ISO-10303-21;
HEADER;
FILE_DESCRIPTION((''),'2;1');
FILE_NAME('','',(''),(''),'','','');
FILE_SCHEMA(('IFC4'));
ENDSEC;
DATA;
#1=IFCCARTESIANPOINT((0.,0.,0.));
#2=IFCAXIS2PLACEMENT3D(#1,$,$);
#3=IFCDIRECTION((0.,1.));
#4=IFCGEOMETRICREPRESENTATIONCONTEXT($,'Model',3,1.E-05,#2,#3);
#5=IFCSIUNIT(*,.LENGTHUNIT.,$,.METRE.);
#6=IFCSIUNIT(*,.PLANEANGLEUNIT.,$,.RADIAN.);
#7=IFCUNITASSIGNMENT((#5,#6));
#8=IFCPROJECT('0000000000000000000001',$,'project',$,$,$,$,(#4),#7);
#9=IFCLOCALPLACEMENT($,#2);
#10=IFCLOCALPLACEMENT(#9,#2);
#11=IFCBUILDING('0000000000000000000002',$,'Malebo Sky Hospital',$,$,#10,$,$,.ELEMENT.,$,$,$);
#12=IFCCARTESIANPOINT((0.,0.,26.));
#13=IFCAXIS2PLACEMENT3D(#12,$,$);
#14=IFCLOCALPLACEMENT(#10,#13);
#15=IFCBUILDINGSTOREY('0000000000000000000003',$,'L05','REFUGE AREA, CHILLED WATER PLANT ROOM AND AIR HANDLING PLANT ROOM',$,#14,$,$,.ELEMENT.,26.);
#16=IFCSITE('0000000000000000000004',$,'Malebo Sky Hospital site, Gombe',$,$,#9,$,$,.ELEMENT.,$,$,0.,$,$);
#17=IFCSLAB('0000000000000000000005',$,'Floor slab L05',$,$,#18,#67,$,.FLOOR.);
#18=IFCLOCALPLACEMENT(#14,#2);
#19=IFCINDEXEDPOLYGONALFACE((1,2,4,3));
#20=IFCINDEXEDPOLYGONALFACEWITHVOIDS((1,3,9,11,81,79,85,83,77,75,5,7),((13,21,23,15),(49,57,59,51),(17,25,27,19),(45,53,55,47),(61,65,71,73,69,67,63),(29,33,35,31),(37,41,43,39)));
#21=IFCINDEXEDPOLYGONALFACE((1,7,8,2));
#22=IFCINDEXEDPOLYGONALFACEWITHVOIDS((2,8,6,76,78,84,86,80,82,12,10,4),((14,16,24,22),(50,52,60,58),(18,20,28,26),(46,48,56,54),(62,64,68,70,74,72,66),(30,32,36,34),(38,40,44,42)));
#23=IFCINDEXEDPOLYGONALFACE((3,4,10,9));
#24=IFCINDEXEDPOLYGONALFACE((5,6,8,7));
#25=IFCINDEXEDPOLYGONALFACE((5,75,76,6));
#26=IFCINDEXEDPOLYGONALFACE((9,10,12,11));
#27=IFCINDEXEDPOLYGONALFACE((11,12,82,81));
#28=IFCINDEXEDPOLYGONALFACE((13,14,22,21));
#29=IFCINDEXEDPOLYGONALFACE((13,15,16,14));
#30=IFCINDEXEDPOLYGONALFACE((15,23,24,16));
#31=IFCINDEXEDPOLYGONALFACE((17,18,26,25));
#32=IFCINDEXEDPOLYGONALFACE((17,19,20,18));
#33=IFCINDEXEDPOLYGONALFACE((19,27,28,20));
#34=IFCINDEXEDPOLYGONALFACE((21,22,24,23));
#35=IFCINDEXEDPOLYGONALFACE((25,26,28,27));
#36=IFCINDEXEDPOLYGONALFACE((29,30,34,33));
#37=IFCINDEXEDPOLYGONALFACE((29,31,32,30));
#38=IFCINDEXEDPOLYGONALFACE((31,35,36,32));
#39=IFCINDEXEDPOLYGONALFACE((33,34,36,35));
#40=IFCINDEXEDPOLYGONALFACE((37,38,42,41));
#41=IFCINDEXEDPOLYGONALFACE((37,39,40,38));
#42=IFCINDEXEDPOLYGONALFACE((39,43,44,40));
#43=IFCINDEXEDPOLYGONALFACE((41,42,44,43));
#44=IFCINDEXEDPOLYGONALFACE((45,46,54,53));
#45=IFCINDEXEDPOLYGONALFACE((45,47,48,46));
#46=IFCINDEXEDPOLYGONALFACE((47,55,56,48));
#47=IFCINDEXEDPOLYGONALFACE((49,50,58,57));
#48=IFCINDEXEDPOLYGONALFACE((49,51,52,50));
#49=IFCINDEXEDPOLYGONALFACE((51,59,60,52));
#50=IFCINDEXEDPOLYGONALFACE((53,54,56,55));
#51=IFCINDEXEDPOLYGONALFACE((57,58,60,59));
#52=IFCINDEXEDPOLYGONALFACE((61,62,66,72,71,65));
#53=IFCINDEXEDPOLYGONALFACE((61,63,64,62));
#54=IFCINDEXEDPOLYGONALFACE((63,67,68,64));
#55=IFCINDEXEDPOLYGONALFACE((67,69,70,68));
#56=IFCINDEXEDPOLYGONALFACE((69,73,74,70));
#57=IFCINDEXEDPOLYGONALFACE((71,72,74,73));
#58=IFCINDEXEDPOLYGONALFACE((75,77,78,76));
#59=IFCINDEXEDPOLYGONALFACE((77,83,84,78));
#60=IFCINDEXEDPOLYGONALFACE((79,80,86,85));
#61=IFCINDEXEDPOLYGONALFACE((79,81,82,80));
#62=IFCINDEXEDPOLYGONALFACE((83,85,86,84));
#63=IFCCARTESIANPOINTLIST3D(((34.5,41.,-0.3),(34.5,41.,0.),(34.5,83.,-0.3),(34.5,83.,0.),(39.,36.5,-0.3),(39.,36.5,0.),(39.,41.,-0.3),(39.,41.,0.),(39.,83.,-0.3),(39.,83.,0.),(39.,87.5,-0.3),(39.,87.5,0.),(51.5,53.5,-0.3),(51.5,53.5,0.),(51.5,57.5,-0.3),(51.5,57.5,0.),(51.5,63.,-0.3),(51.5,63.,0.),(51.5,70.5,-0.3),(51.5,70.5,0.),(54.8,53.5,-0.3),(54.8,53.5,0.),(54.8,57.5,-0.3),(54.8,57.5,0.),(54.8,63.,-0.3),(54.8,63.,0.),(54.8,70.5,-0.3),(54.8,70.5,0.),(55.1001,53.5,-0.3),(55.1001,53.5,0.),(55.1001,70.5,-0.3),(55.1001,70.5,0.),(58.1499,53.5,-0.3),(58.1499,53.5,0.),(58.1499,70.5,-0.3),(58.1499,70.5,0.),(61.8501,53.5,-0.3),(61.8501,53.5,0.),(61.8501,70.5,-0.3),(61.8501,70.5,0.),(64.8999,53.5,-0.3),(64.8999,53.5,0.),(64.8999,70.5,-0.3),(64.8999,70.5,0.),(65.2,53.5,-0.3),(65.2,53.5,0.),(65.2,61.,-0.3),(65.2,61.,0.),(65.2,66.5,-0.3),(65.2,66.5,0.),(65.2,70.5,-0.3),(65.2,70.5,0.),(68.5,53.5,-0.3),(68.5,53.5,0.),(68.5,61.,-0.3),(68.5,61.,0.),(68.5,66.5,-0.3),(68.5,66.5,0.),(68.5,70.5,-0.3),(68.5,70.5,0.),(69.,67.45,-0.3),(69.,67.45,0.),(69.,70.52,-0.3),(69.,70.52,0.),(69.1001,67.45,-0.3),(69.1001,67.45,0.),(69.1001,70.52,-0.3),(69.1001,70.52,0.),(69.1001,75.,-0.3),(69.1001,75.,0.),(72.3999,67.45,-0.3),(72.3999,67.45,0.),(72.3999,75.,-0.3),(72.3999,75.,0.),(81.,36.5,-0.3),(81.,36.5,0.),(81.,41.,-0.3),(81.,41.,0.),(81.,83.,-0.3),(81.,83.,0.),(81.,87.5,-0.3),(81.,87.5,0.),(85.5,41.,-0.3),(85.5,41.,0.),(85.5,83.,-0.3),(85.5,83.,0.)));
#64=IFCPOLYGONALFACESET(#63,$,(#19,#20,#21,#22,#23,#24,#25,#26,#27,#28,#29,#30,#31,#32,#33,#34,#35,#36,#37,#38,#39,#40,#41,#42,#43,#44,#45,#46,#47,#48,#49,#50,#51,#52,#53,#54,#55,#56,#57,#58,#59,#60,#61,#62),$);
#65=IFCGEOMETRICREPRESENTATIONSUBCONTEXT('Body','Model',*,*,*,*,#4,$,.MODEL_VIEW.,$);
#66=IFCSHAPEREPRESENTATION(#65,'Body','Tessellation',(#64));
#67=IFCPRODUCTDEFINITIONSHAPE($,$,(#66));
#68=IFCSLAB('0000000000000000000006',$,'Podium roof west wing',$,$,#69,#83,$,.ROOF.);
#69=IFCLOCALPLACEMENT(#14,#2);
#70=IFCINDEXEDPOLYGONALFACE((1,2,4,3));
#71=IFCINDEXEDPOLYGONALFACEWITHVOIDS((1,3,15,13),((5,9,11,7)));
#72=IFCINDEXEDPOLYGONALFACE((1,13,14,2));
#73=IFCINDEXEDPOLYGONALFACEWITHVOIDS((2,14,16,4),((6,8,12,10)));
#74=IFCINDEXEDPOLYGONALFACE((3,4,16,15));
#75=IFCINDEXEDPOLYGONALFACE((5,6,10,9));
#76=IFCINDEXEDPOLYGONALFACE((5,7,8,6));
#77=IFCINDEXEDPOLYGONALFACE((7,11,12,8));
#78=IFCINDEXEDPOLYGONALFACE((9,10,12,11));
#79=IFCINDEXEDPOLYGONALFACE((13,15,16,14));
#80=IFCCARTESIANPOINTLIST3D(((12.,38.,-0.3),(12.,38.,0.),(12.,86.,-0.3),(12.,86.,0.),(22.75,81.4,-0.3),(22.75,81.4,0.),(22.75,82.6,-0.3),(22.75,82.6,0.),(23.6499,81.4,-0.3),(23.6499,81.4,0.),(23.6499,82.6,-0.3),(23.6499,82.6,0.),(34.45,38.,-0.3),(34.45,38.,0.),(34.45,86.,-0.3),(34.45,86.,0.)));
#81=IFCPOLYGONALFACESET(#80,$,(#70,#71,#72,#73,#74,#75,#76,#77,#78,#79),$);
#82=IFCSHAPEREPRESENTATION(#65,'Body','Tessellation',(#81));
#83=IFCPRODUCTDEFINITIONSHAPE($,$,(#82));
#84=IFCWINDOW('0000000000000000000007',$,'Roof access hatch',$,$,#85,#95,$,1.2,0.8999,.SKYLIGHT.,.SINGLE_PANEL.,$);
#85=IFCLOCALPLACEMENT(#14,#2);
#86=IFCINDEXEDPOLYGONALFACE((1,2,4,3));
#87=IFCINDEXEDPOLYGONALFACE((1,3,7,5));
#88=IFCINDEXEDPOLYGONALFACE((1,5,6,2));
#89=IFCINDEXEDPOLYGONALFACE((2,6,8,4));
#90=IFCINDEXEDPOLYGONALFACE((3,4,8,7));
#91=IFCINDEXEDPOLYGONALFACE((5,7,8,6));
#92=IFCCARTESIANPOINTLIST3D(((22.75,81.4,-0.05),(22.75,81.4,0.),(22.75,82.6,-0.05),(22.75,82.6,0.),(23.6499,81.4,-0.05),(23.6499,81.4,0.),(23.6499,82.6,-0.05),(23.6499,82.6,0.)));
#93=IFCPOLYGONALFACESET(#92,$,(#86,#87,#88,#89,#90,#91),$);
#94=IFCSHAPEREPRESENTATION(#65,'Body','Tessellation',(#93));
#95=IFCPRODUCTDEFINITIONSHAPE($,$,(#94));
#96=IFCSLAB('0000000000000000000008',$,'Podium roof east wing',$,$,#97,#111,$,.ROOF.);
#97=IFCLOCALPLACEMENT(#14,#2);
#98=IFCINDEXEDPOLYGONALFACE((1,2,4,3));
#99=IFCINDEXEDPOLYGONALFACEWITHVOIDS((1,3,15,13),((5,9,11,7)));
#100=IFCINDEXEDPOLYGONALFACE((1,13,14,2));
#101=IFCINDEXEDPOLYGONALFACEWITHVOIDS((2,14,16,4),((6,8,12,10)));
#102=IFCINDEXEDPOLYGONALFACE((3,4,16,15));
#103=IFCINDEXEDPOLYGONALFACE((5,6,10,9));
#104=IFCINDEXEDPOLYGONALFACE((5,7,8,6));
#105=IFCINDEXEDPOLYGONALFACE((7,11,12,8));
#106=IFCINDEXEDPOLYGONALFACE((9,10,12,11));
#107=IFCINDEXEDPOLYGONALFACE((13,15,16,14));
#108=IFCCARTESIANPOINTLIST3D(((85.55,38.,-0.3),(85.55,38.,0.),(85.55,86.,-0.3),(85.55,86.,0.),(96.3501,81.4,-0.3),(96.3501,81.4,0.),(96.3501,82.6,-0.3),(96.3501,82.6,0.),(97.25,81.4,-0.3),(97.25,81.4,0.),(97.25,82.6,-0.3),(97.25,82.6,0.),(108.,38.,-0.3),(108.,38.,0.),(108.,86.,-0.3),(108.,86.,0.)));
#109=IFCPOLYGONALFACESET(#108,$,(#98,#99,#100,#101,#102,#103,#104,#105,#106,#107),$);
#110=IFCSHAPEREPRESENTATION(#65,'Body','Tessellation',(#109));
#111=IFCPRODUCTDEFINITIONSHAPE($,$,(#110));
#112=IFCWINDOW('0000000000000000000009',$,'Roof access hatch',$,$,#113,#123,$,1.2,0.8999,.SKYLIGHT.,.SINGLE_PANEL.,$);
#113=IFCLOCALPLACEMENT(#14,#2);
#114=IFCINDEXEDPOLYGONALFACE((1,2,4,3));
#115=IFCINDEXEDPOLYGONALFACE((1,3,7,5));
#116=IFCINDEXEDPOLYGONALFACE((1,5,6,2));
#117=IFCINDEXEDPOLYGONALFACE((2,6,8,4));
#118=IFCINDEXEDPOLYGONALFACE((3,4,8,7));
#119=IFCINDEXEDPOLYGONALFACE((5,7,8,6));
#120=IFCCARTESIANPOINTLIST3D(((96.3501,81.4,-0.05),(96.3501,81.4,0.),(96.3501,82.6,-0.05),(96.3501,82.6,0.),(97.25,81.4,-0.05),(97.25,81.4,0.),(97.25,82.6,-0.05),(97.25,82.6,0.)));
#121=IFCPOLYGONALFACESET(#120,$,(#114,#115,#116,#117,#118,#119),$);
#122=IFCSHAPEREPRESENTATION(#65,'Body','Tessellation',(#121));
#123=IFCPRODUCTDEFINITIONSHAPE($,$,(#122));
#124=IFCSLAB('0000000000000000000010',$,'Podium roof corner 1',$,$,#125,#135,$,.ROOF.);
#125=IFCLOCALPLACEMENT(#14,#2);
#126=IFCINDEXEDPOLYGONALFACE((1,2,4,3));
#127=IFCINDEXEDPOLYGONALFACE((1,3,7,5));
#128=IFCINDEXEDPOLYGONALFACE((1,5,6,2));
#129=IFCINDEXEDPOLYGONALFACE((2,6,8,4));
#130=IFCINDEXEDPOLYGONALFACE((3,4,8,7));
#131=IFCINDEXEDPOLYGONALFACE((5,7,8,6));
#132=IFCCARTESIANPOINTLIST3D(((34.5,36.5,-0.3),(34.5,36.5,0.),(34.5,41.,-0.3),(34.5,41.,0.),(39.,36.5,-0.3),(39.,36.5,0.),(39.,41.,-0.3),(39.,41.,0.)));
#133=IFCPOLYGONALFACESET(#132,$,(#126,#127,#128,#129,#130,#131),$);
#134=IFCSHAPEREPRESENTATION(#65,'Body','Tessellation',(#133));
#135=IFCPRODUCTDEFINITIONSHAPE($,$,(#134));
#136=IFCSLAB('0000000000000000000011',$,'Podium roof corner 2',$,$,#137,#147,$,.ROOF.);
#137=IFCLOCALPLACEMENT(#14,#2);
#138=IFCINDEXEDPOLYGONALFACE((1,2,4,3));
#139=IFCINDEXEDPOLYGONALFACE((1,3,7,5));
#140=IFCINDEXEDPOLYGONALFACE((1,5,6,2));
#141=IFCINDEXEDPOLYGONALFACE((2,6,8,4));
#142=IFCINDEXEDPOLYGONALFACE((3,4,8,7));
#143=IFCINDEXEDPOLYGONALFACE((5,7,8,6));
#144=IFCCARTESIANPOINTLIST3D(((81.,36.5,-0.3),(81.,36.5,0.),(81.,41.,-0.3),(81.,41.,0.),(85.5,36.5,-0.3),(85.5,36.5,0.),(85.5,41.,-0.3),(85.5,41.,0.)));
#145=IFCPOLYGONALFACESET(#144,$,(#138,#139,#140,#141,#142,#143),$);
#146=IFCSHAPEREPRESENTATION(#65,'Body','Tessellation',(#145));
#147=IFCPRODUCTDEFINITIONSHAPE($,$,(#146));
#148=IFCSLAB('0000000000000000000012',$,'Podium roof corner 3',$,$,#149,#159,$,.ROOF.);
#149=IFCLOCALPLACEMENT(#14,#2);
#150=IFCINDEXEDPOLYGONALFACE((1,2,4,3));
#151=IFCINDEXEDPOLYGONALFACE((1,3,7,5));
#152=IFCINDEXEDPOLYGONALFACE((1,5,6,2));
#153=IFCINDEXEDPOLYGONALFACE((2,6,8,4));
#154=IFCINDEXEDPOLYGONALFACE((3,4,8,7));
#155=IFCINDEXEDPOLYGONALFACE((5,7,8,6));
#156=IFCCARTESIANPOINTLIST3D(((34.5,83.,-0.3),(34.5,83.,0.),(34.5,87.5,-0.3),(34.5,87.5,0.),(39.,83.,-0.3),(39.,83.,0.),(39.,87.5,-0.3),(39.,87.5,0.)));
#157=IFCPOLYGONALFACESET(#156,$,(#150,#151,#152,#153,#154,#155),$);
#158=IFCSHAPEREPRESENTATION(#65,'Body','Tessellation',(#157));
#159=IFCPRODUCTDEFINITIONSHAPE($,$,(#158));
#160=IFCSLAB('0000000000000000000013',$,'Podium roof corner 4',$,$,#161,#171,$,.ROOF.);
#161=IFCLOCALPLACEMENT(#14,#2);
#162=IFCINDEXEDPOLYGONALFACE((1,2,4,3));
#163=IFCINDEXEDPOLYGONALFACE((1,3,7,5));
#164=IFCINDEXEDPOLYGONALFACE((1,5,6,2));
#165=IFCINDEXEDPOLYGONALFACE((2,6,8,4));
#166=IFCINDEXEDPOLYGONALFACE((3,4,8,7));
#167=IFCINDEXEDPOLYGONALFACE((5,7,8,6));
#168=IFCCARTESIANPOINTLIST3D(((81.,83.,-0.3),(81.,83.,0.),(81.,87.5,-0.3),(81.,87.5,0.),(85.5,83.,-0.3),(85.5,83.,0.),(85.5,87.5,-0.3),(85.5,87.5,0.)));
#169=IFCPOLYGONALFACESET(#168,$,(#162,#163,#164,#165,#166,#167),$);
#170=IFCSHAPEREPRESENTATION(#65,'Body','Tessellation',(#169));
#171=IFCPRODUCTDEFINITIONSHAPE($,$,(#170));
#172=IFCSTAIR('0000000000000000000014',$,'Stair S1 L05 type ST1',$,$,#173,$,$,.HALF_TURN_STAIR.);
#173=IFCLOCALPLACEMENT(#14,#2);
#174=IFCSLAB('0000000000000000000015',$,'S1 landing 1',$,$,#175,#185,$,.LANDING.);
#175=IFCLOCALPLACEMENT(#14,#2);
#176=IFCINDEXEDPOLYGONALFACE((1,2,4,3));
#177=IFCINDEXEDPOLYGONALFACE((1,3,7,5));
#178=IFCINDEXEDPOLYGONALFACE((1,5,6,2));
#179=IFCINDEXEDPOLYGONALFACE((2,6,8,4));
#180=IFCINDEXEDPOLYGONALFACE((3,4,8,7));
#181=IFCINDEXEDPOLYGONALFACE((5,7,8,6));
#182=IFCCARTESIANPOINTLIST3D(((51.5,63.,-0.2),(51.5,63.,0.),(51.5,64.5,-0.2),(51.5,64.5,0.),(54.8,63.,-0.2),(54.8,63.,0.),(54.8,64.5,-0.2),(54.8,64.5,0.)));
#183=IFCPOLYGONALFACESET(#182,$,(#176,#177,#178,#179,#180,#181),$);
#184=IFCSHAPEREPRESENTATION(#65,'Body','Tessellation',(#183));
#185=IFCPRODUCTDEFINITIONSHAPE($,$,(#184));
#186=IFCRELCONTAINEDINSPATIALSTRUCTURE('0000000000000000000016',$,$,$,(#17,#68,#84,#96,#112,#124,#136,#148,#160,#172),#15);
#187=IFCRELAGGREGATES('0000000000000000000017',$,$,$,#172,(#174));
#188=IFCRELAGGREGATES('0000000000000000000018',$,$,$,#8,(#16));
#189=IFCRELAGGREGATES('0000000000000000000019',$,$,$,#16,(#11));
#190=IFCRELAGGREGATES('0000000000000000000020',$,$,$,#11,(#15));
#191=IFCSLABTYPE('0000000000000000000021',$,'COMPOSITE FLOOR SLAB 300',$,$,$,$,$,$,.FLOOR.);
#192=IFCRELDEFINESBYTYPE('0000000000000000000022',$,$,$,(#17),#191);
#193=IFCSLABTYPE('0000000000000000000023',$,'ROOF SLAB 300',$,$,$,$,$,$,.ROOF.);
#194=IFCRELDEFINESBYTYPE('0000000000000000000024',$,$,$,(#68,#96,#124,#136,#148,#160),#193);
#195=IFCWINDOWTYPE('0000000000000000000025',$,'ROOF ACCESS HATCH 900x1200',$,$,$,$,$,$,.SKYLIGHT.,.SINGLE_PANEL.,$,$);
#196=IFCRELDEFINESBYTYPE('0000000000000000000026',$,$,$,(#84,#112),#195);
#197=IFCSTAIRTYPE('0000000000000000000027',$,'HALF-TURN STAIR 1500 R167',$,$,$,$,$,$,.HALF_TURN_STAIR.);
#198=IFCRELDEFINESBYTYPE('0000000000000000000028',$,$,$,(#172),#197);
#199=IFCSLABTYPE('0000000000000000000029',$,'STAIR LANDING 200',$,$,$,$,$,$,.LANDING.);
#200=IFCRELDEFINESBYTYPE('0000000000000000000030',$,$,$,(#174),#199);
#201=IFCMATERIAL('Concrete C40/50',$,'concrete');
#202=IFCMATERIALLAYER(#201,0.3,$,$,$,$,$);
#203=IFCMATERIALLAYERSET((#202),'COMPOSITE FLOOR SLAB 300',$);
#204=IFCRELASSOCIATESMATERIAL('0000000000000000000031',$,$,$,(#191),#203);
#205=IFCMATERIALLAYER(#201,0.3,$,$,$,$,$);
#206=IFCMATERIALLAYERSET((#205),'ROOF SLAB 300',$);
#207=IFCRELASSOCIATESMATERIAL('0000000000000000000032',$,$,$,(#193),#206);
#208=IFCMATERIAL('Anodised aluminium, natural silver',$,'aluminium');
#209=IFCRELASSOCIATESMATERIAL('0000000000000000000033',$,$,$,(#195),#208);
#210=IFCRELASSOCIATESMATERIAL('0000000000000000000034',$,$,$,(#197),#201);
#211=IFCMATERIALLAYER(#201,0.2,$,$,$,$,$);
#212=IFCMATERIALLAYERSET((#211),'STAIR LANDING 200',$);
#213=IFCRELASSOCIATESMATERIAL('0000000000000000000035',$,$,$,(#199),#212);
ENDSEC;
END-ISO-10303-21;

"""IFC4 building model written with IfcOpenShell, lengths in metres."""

from ifc_helpers import new_model, si_unit, direction, frame, origin, origin_2d, place, context, subcontext, project, spatial, polyline, rectangle, outline, extrude, material, layer, layer_set, type_object, element, fill, aggregate, save


model = new_model("IFC4")

# Units and contexts
model_context = context("Model", 3, precision=1e-05, world=origin(), true_north=direction((0.0, 1.0)))
body_context = subcontext(model_context, "Body", "Model", "MODEL_VIEW")
ifc_project = project(units=[si_unit("LENGTHUNIT", "METRE"), si_unit("PLANEANGLEUNIT", "RADIAN")], contexts=[model_context])

# Site, building, storey
site_placement = place(None, origin())
site = spatial("IfcSite", under=ifc_project, at=site_placement, Name="Malebo Sky Hospital site, Gombe", CompositionType="ELEMENT", RefElevation=0.0)
building_placement = place(site_placement, origin())
building = spatial("IfcBuilding", under=site, at=building_placement, Name="Malebo Sky Hospital", CompositionType="ELEMENT")
storey_placement = place(building_placement, frame((0.0, 0.0, 26.0)))
storey = spatial("IfcBuildingStorey", under=building, at=storey_placement, Name="L05", Description="REFUGE AREA, CHILLED WATER PLANT ROOM AND AIR HANDLING PLANT ROOM", CompositionType="ELEMENT", Elevation=26.0)

# Slab
ifc_material_1 = material(Name="Concrete C40/50", Category="concrete")
ifc_layer_1 = layer(ifc_material_1, 0.3)
ifc_layer_set_1 = layer_set([ifc_layer_1], Name="COMPOSITE FLOOR SLAB 300")
slab_type_1 = type_object("IfcSlabType", Name="COMPOSITE FLOOR SLAB 300", PredefinedType="FLOOR", material=ifc_layer_set_1)
slab_1_placement = place(storey_placement, frame((0.0, 0.0, -0.3)))
element("IfcSlab", 1, at=slab_1_placement, inside=storey, type_object=slab_type_1, Name="Floor slab L05", PredefinedType="FLOOR", context=body_context, shape_type="SweptSolid", body=[
    extrude(outline(polyline([(39.0, 87.5), (39.0, 83.0), (34.5, 83.0), (34.5, 41.0), (39.0, 41.0), (39.0, 36.5), (81.0, 36.5), (81.0, 41.0), (85.5, 41.0), (85.5, 83.0), (81.0, 83.0), (81.0, 87.5), (39.0, 87.5)]), holes=[polyline([(55.1001, 70.5), (58.1499, 70.5), (58.1499, 53.5), (55.1001, 53.5), (55.1001, 70.5)]), polyline([(64.8999, 70.5), (64.8999, 53.5), (61.8501, 53.5), (61.8501, 70.5), (64.8999, 70.5)]), polyline([(54.8, 63.0), (51.5, 63.0), (51.5, 70.5), (54.8, 70.5), (54.8, 63.0)]), polyline([(51.5, 53.5), (51.5, 57.5), (54.8, 57.5), (54.8, 53.5), (51.5, 53.5)]), polyline([(65.2, 61.0), (68.5, 61.0), (68.5, 53.5), (65.2, 53.5), (65.2, 61.0)]), polyline([(68.5, 70.5), (68.5, 66.5), (65.2, 66.5), (65.2, 70.5), (68.5, 70.5)]), polyline([(69.0, 67.45), (69.0, 70.52), (69.1001, 70.52), (69.1001, 75.0), (72.3999, 75.0), (72.3999, 67.45), (69.1001, 67.45), (69.0, 67.45)])]), origin(), (0.0, 0.0, 1.0), 0.3),
])

# Slabs, openings, windows
ifc_layer_2 = layer(ifc_material_1, 0.3)
ifc_layer_set_2 = layer_set([ifc_layer_2], Name="ROOF SLAB 300")
slab_type_2 = type_object("IfcSlabType", Name="ROOF SLAB 300", PredefinedType="ROOF", material=ifc_layer_set_2)
slab_2_placement = place(storey_placement, frame((0.0, 0.0, -0.3)))
slab_2 = element("IfcSlab", 2, at=slab_2_placement, inside=storey, type_object=slab_type_2, Name="Podium roof west wing", PredefinedType="ROOF", context=body_context, shape_type="SweptSolid", body=[
    extrude(outline(polyline([(34.45, 38.0), (34.45, 86.0), (12.0, 86.0), (12.0, 38.0), (34.45, 38.0)])), origin(), (0.0, 0.0, 1.0), 0.3),
])
opening_1_placement = place(slab_2_placement, frame((23.2, 82.0, 0.0)))
opening_1 = element("IfcOpeningElement", 3, at=opening_1_placement, cuts=slab_2, PredefinedType="OPENING", context=body_context, shape_type="SweptSolid", body=[
    extrude(rectangle(XDim=0.8999, YDim=1.2, at=origin_2d()), origin(), (0.0, 0.0, 1.0), 0.3),
])
ifc_material_2 = material(Name="Anodised aluminium, natural silver", Category="aluminium")
window_type = type_object("IfcWindowType", Name="ROOF ACCESS HATCH 900x1200", PartitioningType="SINGLE_PANEL", PredefinedType="SKYLIGHT", material=ifc_material_2)
window_1_placement = place(opening_1_placement, frame((0.0, 0.0, 0.25)))
window_1 = element("IfcWindow", 4, at=window_1_placement, inside=storey, type_object=window_type, Name="Roof access hatch", OverallHeight=1.2, OverallWidth=0.8999, PartitioningType="SINGLE_PANEL", PredefinedType="SKYLIGHT", context=body_context, shape_type="SweptSolid", body=[
    extrude(rectangle(XDim=0.8999, YDim=1.2, at=origin_2d()), origin(), (0.0, 0.0, 1.0), 0.05),
])
fill(opening_1, window_1)
slab_3_placement = place(storey_placement, frame((0.0, 0.0, -0.3)))
slab_3 = element("IfcSlab", 5, at=slab_3_placement, inside=storey, type_object=slab_type_2, Name="Podium roof east wing", PredefinedType="ROOF", context=body_context, shape_type="SweptSolid", body=[
    extrude(outline(polyline([(108.0, 38.0), (108.0, 86.0), (85.55, 86.0), (85.55, 38.0), (108.0, 38.0)])), origin(), (0.0, 0.0, 1.0), 0.3),
])
opening_2_placement = place(slab_3_placement, frame((96.8, 82.0, 0.0)))
opening_2 = element("IfcOpeningElement", 6, at=opening_2_placement, cuts=slab_3, PredefinedType="OPENING", context=body_context, shape_type="SweptSolid", body=[
    extrude(rectangle(XDim=0.8999, YDim=1.2, at=origin_2d()), origin(), (0.0, 0.0, 1.0), 0.3),
])
window_2_placement = place(opening_2_placement, frame((0.0, 0.0, 0.25)))
window_2 = element("IfcWindow", 7, at=window_2_placement, inside=storey, type_object=window_type, Name="Roof access hatch", OverallHeight=1.2, OverallWidth=0.8999, PartitioningType="SINGLE_PANEL", PredefinedType="SKYLIGHT", context=body_context, shape_type="SweptSolid", body=[
    extrude(rectangle(XDim=0.8999, YDim=1.2, at=origin_2d()), origin(), (0.0, 0.0, 1.0), 0.05),
])
fill(opening_2, window_2)

# Slabs
slab_4_placement = place(storey_placement, frame((0.0, 0.0, -0.3)))
element("IfcSlab", 8, at=slab_4_placement, inside=storey, type_object=slab_type_2, Name="Podium roof corner 1", PredefinedType="ROOF", context=body_context, shape_type="SweptSolid", body=[
    extrude(outline(polyline([(39.0, 36.5), (39.0, 41.0), (34.5, 41.0), (34.5, 36.5), (39.0, 36.5)])), origin(), (0.0, 0.0, 1.0), 0.3),
])
slab_5_placement = place(storey_placement, frame((0.0, 0.0, -0.3)))
element("IfcSlab", 9, at=slab_5_placement, inside=storey, type_object=slab_type_2, Name="Podium roof corner 2", PredefinedType="ROOF", context=body_context, shape_type="SweptSolid", body=[
    extrude(outline(polyline([(85.5, 41.0), (81.0, 41.0), (81.0, 36.5), (85.5, 36.5), (85.5, 41.0)])), origin(), (0.0, 0.0, 1.0), 0.3),
])
slab_6_placement = place(storey_placement, frame((0.0, 0.0, -0.3)))
element("IfcSlab", 10, at=slab_6_placement, inside=storey, type_object=slab_type_2, Name="Podium roof corner 3", PredefinedType="ROOF", context=body_context, shape_type="SweptSolid", body=[
    extrude(outline(polyline([(34.5, 83.0), (39.0, 83.0), (39.0, 87.5), (34.5, 87.5), (34.5, 83.0)])), origin(), (0.0, 0.0, 1.0), 0.3),
])
slab_7_placement = place(storey_placement, frame((0.0, 0.0, -0.3)))
element("IfcSlab", 11, at=slab_7_placement, inside=storey, type_object=slab_type_2, Name="Podium roof corner 4", PredefinedType="ROOF", context=body_context, shape_type="SweptSolid", body=[
    extrude(outline(polyline([(81.0, 87.5), (81.0, 83.0), (85.5, 83.0), (85.5, 87.5), (81.0, 87.5)])), origin(), (0.0, 0.0, 1.0), 0.3),
])

# Stair, slab
stair_type_1 = type_object("IfcStairType", Name="HALF-TURN STAIR 1500 R167", PredefinedType="HALF_TURN_STAIR", material=ifc_material_1)
stair_1_placement = place(storey_placement, origin())
stair_1 = element("IfcStair", 12, at=stair_1_placement, inside=storey, type_object=stair_type_1, Name="Stair S1 L05 type ST1", PredefinedType="HALF_TURN_STAIR")
ifc_layer_3 = layer(ifc_material_1, 0.2)
ifc_layer_set_3 = layer_set([ifc_layer_3], Name="STAIR LANDING 200")
slab_type_3 = type_object("IfcSlabType", Name="STAIR LANDING 200", PredefinedType="LANDING", material=ifc_layer_set_3)
slab_8_placement = place(storey_placement, frame((0.0, 0.0, -0.2)))
slab_8 = element("IfcSlab", 13, at=slab_8_placement, type_object=slab_type_3, Name="S1 landing 1", PredefinedType="LANDING", context=body_context, shape_type="SweptSolid", body=[
    extrude(outline(polyline([(51.5, 63.0), (54.8, 63.0), (54.8, 64.5), (51.5, 64.5), (51.5, 63.0)])), origin(), (0.0, 0.0, 1.0), 0.2),
])
aggregate(stair_1, [slab_8])

save(model, "model.ifc")
